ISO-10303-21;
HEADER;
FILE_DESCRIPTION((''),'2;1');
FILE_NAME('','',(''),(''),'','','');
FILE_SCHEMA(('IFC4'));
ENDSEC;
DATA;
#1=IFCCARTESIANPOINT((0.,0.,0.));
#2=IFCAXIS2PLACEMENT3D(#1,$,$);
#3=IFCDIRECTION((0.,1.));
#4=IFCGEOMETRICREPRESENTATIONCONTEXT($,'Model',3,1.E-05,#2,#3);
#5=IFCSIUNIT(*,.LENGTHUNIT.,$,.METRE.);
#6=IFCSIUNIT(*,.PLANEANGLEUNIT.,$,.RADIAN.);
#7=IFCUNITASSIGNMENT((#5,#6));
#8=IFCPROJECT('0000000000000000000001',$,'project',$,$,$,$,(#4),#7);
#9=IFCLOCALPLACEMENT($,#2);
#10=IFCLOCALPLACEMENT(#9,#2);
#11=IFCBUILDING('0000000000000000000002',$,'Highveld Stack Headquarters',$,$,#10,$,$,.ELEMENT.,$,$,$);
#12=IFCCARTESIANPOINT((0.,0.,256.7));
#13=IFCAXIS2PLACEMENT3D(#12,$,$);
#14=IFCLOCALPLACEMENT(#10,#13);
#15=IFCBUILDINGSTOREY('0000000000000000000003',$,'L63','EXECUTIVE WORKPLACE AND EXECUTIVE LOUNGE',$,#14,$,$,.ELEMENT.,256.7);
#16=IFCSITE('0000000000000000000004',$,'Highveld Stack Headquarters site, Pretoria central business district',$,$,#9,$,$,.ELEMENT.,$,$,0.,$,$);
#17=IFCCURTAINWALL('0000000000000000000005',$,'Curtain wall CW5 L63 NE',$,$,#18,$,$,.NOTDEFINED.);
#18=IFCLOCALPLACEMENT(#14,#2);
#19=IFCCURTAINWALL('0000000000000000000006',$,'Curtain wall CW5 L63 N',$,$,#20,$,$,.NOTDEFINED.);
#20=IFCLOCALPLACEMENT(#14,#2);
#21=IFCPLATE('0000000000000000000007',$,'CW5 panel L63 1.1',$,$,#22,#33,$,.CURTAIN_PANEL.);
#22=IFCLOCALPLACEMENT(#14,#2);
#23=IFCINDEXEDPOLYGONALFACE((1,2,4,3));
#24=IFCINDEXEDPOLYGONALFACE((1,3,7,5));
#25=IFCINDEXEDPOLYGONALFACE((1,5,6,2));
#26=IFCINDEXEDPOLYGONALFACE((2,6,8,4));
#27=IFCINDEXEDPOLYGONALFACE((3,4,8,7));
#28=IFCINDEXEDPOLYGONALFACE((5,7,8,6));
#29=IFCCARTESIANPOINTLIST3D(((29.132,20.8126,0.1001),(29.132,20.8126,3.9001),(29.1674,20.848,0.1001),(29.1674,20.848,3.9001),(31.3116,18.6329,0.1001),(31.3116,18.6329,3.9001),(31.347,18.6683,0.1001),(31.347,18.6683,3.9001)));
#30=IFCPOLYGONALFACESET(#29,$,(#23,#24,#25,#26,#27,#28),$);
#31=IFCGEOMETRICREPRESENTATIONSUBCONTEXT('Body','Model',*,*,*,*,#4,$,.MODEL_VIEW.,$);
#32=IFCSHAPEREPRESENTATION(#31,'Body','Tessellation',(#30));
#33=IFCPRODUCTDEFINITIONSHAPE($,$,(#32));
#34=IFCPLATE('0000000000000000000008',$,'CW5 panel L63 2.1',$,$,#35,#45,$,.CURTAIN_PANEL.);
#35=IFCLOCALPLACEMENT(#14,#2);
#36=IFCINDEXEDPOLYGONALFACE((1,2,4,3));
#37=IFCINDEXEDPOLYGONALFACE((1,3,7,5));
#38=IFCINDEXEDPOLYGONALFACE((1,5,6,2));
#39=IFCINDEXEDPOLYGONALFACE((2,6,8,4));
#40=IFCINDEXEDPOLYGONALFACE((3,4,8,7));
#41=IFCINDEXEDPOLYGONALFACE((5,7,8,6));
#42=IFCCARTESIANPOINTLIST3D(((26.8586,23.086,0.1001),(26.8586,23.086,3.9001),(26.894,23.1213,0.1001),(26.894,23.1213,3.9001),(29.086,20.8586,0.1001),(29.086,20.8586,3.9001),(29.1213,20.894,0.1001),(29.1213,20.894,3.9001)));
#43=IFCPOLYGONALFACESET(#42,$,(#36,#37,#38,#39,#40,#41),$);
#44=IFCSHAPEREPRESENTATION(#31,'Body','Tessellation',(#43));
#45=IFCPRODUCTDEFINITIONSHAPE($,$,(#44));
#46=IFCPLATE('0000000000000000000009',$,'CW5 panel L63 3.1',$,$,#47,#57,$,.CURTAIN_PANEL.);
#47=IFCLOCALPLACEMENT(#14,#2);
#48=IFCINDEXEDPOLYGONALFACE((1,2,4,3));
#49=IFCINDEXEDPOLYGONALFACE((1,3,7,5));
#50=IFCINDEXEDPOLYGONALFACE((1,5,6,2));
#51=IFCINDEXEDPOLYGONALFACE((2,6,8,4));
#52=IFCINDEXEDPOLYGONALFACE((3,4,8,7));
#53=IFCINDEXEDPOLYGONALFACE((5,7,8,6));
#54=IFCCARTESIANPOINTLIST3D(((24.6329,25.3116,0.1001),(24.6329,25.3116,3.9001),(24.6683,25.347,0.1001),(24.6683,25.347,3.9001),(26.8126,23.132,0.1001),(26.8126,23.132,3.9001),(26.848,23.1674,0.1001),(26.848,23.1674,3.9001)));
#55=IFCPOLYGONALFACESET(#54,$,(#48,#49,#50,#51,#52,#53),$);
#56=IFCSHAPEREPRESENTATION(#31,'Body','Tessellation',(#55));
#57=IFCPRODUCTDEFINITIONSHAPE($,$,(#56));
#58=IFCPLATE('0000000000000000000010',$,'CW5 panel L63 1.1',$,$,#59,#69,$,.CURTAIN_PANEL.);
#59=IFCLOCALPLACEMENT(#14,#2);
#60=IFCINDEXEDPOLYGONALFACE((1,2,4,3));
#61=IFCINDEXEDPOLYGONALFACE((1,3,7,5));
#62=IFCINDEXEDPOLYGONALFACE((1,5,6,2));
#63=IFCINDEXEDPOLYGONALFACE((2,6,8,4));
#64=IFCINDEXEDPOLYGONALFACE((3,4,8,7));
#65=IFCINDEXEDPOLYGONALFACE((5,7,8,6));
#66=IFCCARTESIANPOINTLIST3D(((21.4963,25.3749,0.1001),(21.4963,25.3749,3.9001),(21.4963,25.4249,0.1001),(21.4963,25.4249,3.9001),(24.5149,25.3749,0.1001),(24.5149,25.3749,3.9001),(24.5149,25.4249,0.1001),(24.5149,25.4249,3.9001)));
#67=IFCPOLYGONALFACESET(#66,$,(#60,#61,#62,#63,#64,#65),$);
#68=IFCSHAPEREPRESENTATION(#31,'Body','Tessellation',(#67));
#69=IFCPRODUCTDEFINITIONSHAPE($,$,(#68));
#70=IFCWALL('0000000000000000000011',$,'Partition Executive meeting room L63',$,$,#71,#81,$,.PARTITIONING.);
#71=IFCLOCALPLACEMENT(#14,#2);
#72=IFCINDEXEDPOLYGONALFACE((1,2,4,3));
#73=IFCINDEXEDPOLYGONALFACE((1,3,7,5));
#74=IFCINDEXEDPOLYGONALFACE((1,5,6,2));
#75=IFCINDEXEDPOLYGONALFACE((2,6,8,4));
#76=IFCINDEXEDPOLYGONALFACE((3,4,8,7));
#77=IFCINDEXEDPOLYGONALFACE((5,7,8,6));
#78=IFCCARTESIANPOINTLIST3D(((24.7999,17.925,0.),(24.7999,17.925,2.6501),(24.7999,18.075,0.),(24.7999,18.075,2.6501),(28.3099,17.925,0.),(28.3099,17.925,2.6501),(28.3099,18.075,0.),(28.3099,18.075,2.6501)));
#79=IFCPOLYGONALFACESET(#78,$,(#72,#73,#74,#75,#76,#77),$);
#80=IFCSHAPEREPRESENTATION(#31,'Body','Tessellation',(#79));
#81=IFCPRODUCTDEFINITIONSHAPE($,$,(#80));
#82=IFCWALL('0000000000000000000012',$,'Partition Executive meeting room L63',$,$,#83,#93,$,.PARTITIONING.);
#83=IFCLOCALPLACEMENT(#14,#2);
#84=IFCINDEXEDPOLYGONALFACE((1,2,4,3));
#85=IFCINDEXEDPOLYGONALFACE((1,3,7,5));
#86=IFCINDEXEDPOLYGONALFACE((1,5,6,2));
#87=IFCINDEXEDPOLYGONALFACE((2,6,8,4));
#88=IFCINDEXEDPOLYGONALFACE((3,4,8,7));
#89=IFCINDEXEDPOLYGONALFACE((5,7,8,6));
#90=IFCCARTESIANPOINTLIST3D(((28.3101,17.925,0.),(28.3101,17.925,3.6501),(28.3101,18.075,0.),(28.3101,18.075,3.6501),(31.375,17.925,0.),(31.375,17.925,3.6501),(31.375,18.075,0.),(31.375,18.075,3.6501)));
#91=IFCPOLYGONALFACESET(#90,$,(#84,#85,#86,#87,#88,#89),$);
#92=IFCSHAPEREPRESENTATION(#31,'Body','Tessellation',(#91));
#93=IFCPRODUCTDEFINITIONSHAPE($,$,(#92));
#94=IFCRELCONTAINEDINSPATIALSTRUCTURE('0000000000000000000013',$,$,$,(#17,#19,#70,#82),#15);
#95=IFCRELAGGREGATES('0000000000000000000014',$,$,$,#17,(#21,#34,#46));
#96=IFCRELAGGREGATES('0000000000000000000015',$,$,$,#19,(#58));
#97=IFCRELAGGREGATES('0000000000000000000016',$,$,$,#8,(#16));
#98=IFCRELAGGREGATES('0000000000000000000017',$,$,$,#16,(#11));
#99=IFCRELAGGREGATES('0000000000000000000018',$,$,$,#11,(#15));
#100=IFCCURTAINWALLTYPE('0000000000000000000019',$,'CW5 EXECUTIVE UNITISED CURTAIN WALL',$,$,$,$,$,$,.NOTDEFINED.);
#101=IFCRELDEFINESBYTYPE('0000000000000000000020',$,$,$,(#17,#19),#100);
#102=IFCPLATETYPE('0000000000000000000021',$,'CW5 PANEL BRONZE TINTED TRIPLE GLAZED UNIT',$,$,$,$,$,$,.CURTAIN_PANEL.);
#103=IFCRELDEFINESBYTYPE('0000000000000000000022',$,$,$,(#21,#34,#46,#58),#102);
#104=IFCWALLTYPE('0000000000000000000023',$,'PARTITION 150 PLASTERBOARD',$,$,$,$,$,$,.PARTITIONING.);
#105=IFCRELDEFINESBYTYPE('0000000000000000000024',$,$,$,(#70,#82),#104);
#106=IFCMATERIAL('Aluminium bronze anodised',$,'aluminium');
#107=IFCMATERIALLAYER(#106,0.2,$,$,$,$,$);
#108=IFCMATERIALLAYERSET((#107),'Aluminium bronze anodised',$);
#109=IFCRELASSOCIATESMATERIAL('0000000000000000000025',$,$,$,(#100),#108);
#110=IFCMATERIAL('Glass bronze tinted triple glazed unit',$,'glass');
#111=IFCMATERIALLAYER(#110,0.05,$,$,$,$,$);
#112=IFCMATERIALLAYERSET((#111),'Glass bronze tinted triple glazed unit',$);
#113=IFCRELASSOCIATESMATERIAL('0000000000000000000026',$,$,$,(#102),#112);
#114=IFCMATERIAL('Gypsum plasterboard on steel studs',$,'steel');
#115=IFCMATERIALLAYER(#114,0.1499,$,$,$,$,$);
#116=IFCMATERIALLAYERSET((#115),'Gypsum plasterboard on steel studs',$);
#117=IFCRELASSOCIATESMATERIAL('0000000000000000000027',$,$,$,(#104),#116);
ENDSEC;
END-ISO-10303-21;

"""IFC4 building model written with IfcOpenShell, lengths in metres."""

from ifc_helpers import new_model, si_unit, direction, frame, frame_2d, origin, origin_2d, place, context, subcontext, project, spatial, rectangle, extrude, material, layer, layer_set, type_object, element, aggregate, save


model = new_model("IFC4")

# Units and contexts
model_context = context("Model", 3, precision=1e-05, world=origin(), true_north=direction((0.0, 1.0)))
body_context = subcontext(model_context, "Body", "Model", "MODEL_VIEW")
ifc_project = project(units=[si_unit("LENGTHUNIT", "METRE"), si_unit("PLANEANGLEUNIT", "RADIAN")], contexts=[model_context])

# Site, building, storey
site_placement = place(None, origin())
site = spatial("IfcSite", under=ifc_project, at=site_placement, Name="Highveld Stack Headquarters site, Pretoria central business district", CompositionType="ELEMENT", RefElevation=0.0)
building_placement = place(site_placement, origin())
building = spatial("IfcBuilding", under=site, at=building_placement, Name="Highveld Stack Headquarters", CompositionType="ELEMENT")
storey_placement = place(building_placement, frame((0.0, 0.0, 256.7)))
storey = spatial("IfcBuildingStorey", under=building, at=storey_placement, Name="L63", Description="EXECUTIVE WORKPLACE AND EXECUTIVE LOUNGE", CompositionType="ELEMENT", Elevation=256.7)

# Shared definitions
ifc_material_1 = material(Name="Aluminium bronze anodised", Category="aluminium")
ifc_layer_1 = layer(ifc_material_1, 0.2)
ifc_layer_set_1 = layer_set([ifc_layer_1], Name="Aluminium bronze anodised")
curtain_wall_type = type_object("IfcCurtainWallType", Name="CW5 EXECUTIVE UNITISED CURTAIN WALL", PredefinedType="NOTDEFINED", material=ifc_layer_set_1)

# Curtain walls
curtain_wall_1_placement = place(storey_placement, origin())
curtain_wall_1 = element("IfcCurtainWall", 1, at=curtain_wall_1_placement, inside=storey, type_object=curtain_wall_type, Name="Curtain wall CW5 L63 NE", PredefinedType="NOTDEFINED")
curtain_wall_2_placement = place(storey_placement, origin())
curtain_wall_2 = element("IfcCurtainWall", 2, at=curtain_wall_2_placement, inside=storey, type_object=curtain_wall_type, Name="Curtain wall CW5 L63 N", PredefinedType="NOTDEFINED")

# Plates
ifc_material_2 = material(Name="Glass bronze tinted triple glazed unit", Category="glass")
ifc_layer_2 = layer(ifc_material_2, 0.05)
ifc_layer_set_2 = layer_set([ifc_layer_2], Name="Glass bronze tinted triple glazed unit")
plate_type = type_object("IfcPlateType", Name="CW5 PANEL BRONZE TINTED TRIPLE GLAZED UNIT", PredefinedType="CURTAIN_PANEL", material=ifc_layer_set_2)
plate_1_placement = place(storey_placement, frame((30.2395, 19.7405, 0.1001), z_axis=(0.0, 0.0, 1.0), x_axis=(-0.707107, 0.707107, 0.0)))
plate_1 = element("IfcPlate", 3, at=plate_1_placement, type_object=plate_type, Name="CW5 panel L63 1.1", PredefinedType="CURTAIN_PANEL", context=body_context, shape_type="SweptSolid", body=[
    extrude(rectangle(XDim=3.0825, YDim=0.05, at=origin_2d()), origin(), (0.0, 0.0, 1.0), 3.8),
])
plate_2_placement = place(storey_placement, frame((27.99, 21.99, 0.1001), z_axis=(0.0, 0.0, 1.0), x_axis=(-0.707107, 0.707107, 0.0)))
plate_2 = element("IfcPlate", 4, at=plate_2_placement, type_object=plate_type, Name="CW5 panel L63 2.1", PredefinedType="CURTAIN_PANEL", context=body_context, shape_type="SweptSolid", body=[
    extrude(rectangle(XDim=3.1499, YDim=0.05, at=origin_2d()), origin(), (0.0, 0.0, 1.0), 3.8),
])
plate_3_placement = place(storey_placement, frame((25.7405, 24.2395, 0.1001), z_axis=(0.0, 0.0, 1.0), x_axis=(-0.707107, 0.707107, 0.0)))
plate_3 = element("IfcPlate", 5, at=plate_3_placement, type_object=plate_type, Name="CW5 panel L63 3.1", PredefinedType="CURTAIN_PANEL", context=body_context, shape_type="SweptSolid", body=[
    extrude(rectangle(XDim=3.0825, YDim=0.05, at=origin_2d()), origin(), (0.0, 0.0, 1.0), 3.8),
])
aggregate(curtain_wall_1, [plate_1, plate_2, plate_3])
plate_4_placement = place(storey_placement, frame((23.0056, 25.3999, 0.1001), z_axis=(0.0, 0.0, 1.0), x_axis=(-1.0, 0.0, 0.0)))
plate_4 = element("IfcPlate", 6, at=plate_4_placement, type_object=plate_type, Name="CW5 panel L63 1.1", PredefinedType="CURTAIN_PANEL", context=body_context, shape_type="SweptSolid", body=[
    extrude(rectangle(XDim=3.0186, YDim=0.05, at=origin_2d()), origin(), (0.0, 0.0, 1.0), 3.8),
])
aggregate(curtain_wall_2, [plate_4])

# Walls
ifc_material_3 = material(Name="Gypsum plasterboard on steel studs", Category="steel")
ifc_layer_3 = layer(ifc_material_3, 0.1499)
ifc_layer_set_3 = layer_set([ifc_layer_3], Name="Gypsum plasterboard on steel studs")
wall_type = type_object("IfcWallType", Name="PARTITION 150 PLASTERBOARD", PredefinedType="PARTITIONING", material=ifc_layer_set_3)
wall_1_placement = place(storey_placement, frame((24.8, 18.0, 0.0), z_axis=(0.0, 0.0, 1.0), x_axis=(1.0, 0.0, 0.0)))
element("IfcWall", 7, at=wall_1_placement, inside=storey, type_object=wall_type, Name="Partition Executive meeting room L63", PredefinedType="PARTITIONING", context=body_context, shape_type="SweptSolid", body=[
    extrude(rectangle(XDim=3.51, YDim=0.1499, at=frame_2d((1.7549, 0.0))), origin(), (0.0, 0.0, 1.0), 2.6501),
])
wall_2_placement = place(storey_placement, frame((28.3101, 18.0, 0.0), z_axis=(0.0, 0.0, 1.0), x_axis=(1.0, 0.0, 0.0)))
element("IfcWall", 8, at=wall_2_placement, inside=storey, type_object=wall_type, Name="Partition Executive meeting room L63", PredefinedType="PARTITIONING", context=body_context, shape_type="SweptSolid", body=[
    extrude(rectangle(XDim=3.0649, YDim=0.1499, at=frame_2d((1.5325, 0.0))), origin(), (0.0, 0.0, 1.0), 3.6501),
])

save(model, "model.ifc")
